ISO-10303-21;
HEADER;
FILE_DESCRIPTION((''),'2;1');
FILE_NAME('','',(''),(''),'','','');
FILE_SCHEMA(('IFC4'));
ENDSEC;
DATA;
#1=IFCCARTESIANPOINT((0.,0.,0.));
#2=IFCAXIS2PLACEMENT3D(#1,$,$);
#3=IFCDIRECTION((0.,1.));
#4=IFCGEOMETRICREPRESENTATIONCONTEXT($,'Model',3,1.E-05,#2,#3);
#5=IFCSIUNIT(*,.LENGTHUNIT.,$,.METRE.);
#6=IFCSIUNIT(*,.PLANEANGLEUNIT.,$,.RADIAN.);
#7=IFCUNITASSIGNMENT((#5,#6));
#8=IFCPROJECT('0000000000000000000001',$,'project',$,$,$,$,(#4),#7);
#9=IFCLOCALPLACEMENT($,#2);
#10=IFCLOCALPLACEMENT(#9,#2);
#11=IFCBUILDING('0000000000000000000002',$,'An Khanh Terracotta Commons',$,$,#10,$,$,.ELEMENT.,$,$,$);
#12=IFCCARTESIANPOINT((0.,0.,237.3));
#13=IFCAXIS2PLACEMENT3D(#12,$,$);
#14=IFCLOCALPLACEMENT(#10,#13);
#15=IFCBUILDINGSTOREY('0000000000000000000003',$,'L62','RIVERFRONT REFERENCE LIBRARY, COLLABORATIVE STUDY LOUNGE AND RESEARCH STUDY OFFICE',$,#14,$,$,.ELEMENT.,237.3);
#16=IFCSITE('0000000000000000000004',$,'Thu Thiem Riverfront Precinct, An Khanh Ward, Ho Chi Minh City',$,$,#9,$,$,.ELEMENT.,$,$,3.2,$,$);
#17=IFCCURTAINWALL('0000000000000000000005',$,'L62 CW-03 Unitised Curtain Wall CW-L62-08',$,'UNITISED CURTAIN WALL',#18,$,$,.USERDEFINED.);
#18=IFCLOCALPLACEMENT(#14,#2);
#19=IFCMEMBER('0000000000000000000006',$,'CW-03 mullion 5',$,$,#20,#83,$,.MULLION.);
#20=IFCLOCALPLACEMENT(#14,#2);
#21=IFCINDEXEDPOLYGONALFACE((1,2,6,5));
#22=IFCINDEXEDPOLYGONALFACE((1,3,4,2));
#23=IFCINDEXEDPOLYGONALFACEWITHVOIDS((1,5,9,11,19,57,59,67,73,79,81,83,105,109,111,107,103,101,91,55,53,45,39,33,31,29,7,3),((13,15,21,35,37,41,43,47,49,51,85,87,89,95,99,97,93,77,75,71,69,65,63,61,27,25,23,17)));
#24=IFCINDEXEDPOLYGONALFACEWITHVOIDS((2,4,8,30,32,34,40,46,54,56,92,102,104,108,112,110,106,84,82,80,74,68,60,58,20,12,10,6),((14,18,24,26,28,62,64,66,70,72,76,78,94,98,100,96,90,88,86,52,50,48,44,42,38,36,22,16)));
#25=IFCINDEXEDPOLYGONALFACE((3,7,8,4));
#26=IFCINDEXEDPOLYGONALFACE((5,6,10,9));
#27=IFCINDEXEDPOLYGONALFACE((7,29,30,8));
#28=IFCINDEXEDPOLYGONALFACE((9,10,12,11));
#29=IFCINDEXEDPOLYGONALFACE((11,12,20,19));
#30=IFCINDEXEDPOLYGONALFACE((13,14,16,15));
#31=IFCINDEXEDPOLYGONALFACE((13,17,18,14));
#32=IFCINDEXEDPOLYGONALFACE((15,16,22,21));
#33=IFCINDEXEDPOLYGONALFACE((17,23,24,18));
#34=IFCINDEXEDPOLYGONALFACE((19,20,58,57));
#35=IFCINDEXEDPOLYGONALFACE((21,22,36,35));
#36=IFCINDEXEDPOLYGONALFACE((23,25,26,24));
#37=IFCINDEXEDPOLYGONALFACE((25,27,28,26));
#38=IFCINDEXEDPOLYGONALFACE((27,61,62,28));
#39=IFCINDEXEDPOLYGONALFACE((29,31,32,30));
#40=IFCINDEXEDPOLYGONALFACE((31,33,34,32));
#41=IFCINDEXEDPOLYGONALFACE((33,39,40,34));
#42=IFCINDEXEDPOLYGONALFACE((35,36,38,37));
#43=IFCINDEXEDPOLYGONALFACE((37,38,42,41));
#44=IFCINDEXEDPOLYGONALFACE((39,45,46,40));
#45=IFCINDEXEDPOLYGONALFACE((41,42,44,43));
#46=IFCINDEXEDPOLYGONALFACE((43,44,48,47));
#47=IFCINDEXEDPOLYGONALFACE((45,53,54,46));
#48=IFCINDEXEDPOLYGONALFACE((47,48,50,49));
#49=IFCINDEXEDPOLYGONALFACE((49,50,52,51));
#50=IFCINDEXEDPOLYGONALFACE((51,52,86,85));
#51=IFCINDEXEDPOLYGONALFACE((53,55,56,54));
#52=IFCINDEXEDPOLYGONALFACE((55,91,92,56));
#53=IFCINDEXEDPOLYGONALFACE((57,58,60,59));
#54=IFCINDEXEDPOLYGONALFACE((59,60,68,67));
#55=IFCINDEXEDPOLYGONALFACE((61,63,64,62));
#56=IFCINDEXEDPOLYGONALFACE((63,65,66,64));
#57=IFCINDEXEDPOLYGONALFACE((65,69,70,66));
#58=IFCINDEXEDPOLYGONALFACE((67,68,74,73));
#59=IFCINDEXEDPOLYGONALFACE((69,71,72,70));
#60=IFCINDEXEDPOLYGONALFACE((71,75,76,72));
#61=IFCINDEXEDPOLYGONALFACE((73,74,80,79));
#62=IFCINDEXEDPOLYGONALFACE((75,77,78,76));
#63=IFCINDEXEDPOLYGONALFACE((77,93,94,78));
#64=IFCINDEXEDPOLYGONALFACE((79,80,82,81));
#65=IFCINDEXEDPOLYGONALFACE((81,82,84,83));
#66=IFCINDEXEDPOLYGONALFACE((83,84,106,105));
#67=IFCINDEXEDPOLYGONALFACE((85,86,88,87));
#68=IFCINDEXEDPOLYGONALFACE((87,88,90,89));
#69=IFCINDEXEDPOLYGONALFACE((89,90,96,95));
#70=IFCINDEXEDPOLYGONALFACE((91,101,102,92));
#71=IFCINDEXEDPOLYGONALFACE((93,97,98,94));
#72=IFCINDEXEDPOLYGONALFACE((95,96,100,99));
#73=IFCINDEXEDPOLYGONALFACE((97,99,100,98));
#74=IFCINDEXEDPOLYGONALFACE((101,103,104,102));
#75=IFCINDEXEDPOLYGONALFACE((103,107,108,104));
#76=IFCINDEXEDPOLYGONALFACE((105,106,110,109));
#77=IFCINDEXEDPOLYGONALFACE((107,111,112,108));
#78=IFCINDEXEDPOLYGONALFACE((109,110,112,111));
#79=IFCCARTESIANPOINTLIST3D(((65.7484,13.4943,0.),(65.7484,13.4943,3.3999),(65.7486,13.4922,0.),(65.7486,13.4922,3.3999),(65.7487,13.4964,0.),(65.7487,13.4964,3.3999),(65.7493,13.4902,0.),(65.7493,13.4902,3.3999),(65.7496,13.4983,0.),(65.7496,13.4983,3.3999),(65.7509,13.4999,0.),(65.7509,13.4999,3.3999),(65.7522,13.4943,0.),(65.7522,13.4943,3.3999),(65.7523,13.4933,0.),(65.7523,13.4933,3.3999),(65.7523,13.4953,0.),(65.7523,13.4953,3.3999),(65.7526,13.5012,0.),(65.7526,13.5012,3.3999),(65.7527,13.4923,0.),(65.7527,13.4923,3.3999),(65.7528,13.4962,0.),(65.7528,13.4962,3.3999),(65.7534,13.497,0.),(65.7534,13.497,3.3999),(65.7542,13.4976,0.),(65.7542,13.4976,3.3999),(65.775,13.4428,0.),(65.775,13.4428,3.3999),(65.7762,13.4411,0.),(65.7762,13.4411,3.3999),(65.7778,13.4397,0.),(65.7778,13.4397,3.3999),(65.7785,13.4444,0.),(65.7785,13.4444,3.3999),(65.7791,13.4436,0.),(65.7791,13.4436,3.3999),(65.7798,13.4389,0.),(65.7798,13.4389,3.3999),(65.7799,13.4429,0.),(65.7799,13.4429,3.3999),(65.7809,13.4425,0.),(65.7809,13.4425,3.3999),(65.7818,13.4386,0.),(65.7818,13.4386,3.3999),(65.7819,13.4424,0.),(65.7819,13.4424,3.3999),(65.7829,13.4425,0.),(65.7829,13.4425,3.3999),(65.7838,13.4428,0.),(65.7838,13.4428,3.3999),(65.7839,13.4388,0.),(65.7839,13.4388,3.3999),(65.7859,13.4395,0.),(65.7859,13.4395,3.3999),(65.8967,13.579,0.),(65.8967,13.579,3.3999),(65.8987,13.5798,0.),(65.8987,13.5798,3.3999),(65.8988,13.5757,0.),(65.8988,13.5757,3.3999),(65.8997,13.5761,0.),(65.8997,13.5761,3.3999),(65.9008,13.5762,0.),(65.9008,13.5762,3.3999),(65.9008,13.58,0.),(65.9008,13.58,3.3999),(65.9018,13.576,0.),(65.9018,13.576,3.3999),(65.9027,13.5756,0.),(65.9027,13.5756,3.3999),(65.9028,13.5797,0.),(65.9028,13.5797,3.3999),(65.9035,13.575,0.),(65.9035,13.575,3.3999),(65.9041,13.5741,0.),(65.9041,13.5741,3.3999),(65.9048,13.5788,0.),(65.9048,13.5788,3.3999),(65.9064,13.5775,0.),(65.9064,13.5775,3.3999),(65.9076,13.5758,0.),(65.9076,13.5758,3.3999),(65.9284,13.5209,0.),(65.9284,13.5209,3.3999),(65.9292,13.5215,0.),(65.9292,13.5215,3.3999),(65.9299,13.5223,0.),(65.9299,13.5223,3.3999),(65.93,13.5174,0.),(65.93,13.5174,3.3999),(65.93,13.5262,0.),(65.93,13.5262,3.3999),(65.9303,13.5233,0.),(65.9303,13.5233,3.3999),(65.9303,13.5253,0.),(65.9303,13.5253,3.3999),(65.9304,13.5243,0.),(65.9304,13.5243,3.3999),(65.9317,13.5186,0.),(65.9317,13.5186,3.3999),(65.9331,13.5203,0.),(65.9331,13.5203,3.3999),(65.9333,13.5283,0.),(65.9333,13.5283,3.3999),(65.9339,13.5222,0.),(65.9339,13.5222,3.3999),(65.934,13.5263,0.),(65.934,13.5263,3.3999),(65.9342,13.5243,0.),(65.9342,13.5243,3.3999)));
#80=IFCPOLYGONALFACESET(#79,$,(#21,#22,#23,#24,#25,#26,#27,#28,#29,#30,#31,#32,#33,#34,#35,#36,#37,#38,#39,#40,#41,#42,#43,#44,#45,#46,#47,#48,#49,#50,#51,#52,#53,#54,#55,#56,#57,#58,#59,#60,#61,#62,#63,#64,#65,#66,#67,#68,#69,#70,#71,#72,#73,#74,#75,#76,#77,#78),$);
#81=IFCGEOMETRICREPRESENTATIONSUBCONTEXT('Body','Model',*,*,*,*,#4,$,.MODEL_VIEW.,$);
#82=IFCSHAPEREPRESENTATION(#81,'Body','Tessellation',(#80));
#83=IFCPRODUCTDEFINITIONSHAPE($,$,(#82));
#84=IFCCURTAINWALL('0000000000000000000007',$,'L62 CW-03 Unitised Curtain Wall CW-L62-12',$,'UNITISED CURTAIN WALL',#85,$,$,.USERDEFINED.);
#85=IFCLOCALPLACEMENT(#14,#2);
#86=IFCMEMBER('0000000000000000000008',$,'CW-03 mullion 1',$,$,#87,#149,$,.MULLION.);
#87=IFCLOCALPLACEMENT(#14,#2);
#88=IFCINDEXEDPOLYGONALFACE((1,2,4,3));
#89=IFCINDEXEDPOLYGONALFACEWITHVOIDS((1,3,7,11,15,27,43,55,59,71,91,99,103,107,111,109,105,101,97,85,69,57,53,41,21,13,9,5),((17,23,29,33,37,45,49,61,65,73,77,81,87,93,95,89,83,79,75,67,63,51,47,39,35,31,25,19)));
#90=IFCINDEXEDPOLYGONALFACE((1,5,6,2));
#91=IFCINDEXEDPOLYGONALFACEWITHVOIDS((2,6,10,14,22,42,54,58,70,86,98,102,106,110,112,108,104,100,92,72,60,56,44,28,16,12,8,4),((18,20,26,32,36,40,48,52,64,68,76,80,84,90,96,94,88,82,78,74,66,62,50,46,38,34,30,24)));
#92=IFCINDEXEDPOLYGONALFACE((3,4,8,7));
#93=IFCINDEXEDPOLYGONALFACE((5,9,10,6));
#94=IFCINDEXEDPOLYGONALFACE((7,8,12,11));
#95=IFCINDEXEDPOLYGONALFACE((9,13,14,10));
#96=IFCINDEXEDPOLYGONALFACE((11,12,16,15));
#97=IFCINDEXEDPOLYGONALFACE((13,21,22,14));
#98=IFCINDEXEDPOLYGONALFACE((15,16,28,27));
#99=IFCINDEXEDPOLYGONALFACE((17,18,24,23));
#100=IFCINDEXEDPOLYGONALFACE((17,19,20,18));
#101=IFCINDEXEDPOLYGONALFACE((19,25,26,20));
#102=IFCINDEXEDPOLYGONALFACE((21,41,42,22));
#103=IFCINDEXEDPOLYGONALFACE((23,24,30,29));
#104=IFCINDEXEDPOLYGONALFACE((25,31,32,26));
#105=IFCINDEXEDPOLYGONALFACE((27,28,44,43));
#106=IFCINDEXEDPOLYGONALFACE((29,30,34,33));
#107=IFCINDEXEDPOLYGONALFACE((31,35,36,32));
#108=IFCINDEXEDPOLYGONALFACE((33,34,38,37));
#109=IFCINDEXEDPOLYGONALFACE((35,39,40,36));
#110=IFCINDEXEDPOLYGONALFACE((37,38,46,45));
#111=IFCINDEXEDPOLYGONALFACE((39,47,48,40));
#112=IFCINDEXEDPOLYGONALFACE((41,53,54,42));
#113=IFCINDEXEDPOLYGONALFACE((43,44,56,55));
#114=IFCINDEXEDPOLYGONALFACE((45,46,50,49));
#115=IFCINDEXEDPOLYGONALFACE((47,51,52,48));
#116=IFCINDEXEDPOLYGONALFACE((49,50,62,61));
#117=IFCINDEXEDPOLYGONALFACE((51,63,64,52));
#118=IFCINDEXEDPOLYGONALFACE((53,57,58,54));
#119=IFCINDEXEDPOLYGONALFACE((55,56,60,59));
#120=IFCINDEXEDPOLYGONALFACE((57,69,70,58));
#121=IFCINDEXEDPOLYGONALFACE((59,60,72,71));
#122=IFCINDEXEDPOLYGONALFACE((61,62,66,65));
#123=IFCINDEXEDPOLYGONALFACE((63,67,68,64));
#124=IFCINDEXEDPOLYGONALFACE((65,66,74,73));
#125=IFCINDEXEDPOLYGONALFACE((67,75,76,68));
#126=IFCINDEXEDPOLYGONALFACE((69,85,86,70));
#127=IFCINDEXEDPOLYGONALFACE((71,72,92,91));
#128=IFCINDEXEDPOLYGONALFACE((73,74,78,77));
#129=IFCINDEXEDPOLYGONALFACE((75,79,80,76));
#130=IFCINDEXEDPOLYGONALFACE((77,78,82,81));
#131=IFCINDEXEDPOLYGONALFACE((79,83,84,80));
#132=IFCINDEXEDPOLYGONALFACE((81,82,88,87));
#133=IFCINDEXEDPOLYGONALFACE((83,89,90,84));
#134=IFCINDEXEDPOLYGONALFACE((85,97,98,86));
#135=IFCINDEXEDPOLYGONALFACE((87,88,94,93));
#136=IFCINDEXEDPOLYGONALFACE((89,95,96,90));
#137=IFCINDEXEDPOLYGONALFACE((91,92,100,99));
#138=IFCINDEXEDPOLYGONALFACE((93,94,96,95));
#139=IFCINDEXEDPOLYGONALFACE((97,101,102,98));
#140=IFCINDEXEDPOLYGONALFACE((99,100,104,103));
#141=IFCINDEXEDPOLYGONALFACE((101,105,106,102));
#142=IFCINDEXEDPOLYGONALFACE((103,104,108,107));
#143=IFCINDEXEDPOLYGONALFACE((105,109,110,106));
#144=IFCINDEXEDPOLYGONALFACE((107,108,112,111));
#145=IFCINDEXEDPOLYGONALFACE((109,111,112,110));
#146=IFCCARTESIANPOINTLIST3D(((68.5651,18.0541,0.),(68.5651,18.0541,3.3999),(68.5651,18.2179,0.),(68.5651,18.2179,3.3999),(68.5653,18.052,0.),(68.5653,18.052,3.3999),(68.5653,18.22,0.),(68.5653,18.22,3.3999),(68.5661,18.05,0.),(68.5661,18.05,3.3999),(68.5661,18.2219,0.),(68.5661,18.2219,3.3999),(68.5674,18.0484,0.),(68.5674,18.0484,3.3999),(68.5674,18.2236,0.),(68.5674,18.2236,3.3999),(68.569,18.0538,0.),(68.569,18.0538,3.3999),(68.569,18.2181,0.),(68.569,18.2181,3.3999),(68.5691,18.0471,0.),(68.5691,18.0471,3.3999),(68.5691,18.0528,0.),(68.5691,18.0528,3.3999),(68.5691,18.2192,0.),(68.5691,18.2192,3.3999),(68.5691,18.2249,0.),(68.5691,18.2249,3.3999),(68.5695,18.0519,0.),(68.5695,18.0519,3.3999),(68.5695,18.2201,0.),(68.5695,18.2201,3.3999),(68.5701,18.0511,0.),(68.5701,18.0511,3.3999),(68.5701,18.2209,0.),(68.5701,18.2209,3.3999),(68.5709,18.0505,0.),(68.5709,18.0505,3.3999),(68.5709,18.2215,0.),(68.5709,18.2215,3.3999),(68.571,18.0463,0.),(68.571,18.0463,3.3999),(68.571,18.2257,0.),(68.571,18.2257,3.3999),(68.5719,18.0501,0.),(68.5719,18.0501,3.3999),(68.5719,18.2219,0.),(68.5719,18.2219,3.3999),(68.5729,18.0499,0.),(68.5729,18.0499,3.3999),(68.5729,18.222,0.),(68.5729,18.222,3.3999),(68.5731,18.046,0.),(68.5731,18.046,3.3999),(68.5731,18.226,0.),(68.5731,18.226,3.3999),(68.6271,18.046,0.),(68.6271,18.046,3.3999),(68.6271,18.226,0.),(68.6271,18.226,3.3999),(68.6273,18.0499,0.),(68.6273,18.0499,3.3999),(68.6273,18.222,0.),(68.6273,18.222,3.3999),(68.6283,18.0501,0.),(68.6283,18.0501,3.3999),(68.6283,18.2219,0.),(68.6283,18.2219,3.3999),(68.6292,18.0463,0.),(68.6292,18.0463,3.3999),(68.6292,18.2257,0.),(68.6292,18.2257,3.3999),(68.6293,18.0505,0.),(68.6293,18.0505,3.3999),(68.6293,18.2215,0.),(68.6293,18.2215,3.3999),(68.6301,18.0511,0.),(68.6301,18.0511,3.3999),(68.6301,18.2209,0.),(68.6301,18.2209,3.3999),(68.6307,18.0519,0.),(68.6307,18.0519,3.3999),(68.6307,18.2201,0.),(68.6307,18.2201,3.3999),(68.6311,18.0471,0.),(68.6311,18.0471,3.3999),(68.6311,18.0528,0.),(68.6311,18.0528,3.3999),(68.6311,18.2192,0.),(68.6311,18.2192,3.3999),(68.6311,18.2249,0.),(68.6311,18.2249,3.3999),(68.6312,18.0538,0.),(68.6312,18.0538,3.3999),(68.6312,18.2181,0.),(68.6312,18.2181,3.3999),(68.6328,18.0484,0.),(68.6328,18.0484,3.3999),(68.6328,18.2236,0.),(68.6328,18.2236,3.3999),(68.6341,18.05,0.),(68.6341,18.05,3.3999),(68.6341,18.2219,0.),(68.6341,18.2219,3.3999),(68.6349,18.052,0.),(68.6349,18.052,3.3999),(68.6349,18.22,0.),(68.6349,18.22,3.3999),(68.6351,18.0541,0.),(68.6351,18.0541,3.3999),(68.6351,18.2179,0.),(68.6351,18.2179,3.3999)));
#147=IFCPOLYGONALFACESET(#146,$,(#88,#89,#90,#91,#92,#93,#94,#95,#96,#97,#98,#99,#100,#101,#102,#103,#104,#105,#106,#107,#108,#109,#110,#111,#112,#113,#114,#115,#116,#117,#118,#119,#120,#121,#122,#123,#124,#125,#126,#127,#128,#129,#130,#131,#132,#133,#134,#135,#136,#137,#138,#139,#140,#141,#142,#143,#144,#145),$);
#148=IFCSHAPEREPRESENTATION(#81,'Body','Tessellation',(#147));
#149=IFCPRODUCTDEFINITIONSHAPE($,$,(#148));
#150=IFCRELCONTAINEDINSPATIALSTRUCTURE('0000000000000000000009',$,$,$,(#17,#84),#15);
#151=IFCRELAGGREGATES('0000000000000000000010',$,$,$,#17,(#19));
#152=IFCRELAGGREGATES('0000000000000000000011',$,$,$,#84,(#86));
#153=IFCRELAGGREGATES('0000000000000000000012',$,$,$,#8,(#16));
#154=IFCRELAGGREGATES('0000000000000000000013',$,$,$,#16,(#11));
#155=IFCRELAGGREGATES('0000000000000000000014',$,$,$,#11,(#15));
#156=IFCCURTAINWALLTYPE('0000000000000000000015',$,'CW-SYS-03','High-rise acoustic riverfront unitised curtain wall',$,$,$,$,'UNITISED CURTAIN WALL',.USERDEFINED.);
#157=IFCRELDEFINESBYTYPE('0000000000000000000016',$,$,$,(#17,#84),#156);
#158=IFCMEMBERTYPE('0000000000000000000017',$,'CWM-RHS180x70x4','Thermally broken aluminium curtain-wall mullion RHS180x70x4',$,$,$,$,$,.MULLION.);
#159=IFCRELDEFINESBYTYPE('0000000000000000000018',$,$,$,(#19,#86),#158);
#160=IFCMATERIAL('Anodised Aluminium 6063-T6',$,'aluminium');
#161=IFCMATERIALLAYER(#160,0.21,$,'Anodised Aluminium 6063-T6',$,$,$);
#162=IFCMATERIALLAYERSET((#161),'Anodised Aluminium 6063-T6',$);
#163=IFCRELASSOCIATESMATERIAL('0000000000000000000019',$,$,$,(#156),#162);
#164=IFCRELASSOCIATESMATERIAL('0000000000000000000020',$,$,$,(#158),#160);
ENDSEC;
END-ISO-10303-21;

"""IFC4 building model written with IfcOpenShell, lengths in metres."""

from ifc_helpers import new_model, si_unit, direction, frame, origin, origin_2d, place, context, subcontext, project, spatial, hollow_rectangle, extrude, material, layer, layer_set, material_profile, profile_set, type_object, element, aggregate, save


model = new_model("IFC4")

# Units and contexts
model_context = context("Model", 3, precision=1e-05, world=origin(), true_north=direction((0.0, 1.0)))
body_context = subcontext(model_context, "Body", "Model", "MODEL_VIEW")
ifc_project = project(units=[si_unit("LENGTHUNIT", "METRE"), si_unit("PLANEANGLEUNIT", "RADIAN")], contexts=[model_context])

# Site, building, storey
site_placement = place(None, origin())
site = spatial("IfcSite", under=ifc_project, at=site_placement, Name="Thu Thiem Riverfront Precinct, An Khanh Ward, Ho Chi Minh City", CompositionType="ELEMENT", RefElevation=3.2)
building_placement = place(site_placement, origin())
building = spatial("IfcBuilding", under=site, at=building_placement, Name="An Khanh Terracotta Commons", CompositionType="ELEMENT")
storey_placement = place(building_placement, frame((0.0, 0.0, 237.3)))
storey = spatial("IfcBuildingStorey", under=building, at=storey_placement, Name="L62", Description="RIVERFRONT REFERENCE LIBRARY, COLLABORATIVE STUDY LOUNGE AND RESEARCH STUDY OFFICE", CompositionType="ELEMENT", Elevation=237.3)

# Curtain walls, members
ifc_material_1 = material(Name="Anodised Aluminium 6063-T6", Category="aluminium")
ifc_layer_1 = layer(ifc_material_1, 0.21, Name="Anodised Aluminium 6063-T6")
ifc_layer_set_1 = layer_set([ifc_layer_1], Name="Anodised Aluminium 6063-T6")
curtain_wall_type = type_object("IfcCurtainWallType", Name="CW-SYS-03", Description="High-rise acoustic riverfront unitised curtain wall", ElementType="UNITISED CURTAIN WALL", PredefinedType="USERDEFINED", material=ifc_layer_set_1)
curtain_wall_1_placement = place(storey_placement, origin())
curtain_wall_1 = element("IfcCurtainWall", 1, at=curtain_wall_1_placement, inside=storey, type_object=curtain_wall_type, Name="L62 CW-03 Unitised Curtain Wall CW-L62-08", ObjectType="UNITISED CURTAIN WALL", PredefinedType="USERDEFINED")
ifc_material_profile_1 = material_profile(ifc_material_1, hollow_rectangle(XDim=0.0701, YDim=0.1799, WallThickness=0.0039, InnerFilletRadius=0.0039, OuterFilletRadius=0.0081, at=origin_2d()), Name="RHS180x70x4")
ifc_profile_set_1 = profile_set([ifc_material_profile_1], Name="Anodised Aluminium 6063-T6")
member_type_1 = type_object("IfcMemberType", Name="CWM-RHS180x70x4", Description="Thermally broken aluminium curtain-wall mullion RHS180x70x4", PredefinedType="MULLION", material=ifc_profile_set_1)
member_1_placement = place(storey_placement, frame((65.8413, 13.5093, 0.0), z_axis=(0.0, 0.0, 1.0), x_axis=(-0.475381, 0.87978, 0.0)))
member_1 = element("IfcMember", 2, at=member_1_placement, type_object=member_type_1, Name="CW-03 mullion 5", PredefinedType="MULLION", context=body_context, shape_type="SweptSolid", body=[
    extrude(hollow_rectangle(XDim=0.0701, YDim=0.1799, WallThickness=0.0039, InnerFilletRadius=0.0039, OuterFilletRadius=0.0081, at=origin_2d()), origin(), (0.0, 0.0, 1.0), 3.3999),
])
curtain_wall_2_placement = place(storey_placement, origin())
curtain_wall_2 = element("IfcCurtainWall", 3, at=curtain_wall_2_placement, inside=storey, type_object=curtain_wall_type, Name="L62 CW-03 Unitised Curtain Wall CW-L62-12", ObjectType="UNITISED CURTAIN WALL", PredefinedType="USERDEFINED")
member_2_placement = place(storey_placement, frame((68.6001, 18.136, 0.0), z_axis=(0.0, 0.0, 1.0), x_axis=(-1.0, 0.0, 0.0)))
member_2 = element("IfcMember", 4, at=member_2_placement, type_object=member_type_1, Name="CW-03 mullion 1", PredefinedType="MULLION", context=body_context, shape_type="SweptSolid", body=[
    extrude(hollow_rectangle(XDim=0.0701, YDim=0.1799, WallThickness=0.0039, InnerFilletRadius=0.0039, OuterFilletRadius=0.0081, at=origin_2d()), origin(), (0.0, 0.0, 1.0), 3.3999),
])

aggregate(curtain_wall_1, [member_1])
aggregate(curtain_wall_2, [member_2])

save(model, "model.ifc")
